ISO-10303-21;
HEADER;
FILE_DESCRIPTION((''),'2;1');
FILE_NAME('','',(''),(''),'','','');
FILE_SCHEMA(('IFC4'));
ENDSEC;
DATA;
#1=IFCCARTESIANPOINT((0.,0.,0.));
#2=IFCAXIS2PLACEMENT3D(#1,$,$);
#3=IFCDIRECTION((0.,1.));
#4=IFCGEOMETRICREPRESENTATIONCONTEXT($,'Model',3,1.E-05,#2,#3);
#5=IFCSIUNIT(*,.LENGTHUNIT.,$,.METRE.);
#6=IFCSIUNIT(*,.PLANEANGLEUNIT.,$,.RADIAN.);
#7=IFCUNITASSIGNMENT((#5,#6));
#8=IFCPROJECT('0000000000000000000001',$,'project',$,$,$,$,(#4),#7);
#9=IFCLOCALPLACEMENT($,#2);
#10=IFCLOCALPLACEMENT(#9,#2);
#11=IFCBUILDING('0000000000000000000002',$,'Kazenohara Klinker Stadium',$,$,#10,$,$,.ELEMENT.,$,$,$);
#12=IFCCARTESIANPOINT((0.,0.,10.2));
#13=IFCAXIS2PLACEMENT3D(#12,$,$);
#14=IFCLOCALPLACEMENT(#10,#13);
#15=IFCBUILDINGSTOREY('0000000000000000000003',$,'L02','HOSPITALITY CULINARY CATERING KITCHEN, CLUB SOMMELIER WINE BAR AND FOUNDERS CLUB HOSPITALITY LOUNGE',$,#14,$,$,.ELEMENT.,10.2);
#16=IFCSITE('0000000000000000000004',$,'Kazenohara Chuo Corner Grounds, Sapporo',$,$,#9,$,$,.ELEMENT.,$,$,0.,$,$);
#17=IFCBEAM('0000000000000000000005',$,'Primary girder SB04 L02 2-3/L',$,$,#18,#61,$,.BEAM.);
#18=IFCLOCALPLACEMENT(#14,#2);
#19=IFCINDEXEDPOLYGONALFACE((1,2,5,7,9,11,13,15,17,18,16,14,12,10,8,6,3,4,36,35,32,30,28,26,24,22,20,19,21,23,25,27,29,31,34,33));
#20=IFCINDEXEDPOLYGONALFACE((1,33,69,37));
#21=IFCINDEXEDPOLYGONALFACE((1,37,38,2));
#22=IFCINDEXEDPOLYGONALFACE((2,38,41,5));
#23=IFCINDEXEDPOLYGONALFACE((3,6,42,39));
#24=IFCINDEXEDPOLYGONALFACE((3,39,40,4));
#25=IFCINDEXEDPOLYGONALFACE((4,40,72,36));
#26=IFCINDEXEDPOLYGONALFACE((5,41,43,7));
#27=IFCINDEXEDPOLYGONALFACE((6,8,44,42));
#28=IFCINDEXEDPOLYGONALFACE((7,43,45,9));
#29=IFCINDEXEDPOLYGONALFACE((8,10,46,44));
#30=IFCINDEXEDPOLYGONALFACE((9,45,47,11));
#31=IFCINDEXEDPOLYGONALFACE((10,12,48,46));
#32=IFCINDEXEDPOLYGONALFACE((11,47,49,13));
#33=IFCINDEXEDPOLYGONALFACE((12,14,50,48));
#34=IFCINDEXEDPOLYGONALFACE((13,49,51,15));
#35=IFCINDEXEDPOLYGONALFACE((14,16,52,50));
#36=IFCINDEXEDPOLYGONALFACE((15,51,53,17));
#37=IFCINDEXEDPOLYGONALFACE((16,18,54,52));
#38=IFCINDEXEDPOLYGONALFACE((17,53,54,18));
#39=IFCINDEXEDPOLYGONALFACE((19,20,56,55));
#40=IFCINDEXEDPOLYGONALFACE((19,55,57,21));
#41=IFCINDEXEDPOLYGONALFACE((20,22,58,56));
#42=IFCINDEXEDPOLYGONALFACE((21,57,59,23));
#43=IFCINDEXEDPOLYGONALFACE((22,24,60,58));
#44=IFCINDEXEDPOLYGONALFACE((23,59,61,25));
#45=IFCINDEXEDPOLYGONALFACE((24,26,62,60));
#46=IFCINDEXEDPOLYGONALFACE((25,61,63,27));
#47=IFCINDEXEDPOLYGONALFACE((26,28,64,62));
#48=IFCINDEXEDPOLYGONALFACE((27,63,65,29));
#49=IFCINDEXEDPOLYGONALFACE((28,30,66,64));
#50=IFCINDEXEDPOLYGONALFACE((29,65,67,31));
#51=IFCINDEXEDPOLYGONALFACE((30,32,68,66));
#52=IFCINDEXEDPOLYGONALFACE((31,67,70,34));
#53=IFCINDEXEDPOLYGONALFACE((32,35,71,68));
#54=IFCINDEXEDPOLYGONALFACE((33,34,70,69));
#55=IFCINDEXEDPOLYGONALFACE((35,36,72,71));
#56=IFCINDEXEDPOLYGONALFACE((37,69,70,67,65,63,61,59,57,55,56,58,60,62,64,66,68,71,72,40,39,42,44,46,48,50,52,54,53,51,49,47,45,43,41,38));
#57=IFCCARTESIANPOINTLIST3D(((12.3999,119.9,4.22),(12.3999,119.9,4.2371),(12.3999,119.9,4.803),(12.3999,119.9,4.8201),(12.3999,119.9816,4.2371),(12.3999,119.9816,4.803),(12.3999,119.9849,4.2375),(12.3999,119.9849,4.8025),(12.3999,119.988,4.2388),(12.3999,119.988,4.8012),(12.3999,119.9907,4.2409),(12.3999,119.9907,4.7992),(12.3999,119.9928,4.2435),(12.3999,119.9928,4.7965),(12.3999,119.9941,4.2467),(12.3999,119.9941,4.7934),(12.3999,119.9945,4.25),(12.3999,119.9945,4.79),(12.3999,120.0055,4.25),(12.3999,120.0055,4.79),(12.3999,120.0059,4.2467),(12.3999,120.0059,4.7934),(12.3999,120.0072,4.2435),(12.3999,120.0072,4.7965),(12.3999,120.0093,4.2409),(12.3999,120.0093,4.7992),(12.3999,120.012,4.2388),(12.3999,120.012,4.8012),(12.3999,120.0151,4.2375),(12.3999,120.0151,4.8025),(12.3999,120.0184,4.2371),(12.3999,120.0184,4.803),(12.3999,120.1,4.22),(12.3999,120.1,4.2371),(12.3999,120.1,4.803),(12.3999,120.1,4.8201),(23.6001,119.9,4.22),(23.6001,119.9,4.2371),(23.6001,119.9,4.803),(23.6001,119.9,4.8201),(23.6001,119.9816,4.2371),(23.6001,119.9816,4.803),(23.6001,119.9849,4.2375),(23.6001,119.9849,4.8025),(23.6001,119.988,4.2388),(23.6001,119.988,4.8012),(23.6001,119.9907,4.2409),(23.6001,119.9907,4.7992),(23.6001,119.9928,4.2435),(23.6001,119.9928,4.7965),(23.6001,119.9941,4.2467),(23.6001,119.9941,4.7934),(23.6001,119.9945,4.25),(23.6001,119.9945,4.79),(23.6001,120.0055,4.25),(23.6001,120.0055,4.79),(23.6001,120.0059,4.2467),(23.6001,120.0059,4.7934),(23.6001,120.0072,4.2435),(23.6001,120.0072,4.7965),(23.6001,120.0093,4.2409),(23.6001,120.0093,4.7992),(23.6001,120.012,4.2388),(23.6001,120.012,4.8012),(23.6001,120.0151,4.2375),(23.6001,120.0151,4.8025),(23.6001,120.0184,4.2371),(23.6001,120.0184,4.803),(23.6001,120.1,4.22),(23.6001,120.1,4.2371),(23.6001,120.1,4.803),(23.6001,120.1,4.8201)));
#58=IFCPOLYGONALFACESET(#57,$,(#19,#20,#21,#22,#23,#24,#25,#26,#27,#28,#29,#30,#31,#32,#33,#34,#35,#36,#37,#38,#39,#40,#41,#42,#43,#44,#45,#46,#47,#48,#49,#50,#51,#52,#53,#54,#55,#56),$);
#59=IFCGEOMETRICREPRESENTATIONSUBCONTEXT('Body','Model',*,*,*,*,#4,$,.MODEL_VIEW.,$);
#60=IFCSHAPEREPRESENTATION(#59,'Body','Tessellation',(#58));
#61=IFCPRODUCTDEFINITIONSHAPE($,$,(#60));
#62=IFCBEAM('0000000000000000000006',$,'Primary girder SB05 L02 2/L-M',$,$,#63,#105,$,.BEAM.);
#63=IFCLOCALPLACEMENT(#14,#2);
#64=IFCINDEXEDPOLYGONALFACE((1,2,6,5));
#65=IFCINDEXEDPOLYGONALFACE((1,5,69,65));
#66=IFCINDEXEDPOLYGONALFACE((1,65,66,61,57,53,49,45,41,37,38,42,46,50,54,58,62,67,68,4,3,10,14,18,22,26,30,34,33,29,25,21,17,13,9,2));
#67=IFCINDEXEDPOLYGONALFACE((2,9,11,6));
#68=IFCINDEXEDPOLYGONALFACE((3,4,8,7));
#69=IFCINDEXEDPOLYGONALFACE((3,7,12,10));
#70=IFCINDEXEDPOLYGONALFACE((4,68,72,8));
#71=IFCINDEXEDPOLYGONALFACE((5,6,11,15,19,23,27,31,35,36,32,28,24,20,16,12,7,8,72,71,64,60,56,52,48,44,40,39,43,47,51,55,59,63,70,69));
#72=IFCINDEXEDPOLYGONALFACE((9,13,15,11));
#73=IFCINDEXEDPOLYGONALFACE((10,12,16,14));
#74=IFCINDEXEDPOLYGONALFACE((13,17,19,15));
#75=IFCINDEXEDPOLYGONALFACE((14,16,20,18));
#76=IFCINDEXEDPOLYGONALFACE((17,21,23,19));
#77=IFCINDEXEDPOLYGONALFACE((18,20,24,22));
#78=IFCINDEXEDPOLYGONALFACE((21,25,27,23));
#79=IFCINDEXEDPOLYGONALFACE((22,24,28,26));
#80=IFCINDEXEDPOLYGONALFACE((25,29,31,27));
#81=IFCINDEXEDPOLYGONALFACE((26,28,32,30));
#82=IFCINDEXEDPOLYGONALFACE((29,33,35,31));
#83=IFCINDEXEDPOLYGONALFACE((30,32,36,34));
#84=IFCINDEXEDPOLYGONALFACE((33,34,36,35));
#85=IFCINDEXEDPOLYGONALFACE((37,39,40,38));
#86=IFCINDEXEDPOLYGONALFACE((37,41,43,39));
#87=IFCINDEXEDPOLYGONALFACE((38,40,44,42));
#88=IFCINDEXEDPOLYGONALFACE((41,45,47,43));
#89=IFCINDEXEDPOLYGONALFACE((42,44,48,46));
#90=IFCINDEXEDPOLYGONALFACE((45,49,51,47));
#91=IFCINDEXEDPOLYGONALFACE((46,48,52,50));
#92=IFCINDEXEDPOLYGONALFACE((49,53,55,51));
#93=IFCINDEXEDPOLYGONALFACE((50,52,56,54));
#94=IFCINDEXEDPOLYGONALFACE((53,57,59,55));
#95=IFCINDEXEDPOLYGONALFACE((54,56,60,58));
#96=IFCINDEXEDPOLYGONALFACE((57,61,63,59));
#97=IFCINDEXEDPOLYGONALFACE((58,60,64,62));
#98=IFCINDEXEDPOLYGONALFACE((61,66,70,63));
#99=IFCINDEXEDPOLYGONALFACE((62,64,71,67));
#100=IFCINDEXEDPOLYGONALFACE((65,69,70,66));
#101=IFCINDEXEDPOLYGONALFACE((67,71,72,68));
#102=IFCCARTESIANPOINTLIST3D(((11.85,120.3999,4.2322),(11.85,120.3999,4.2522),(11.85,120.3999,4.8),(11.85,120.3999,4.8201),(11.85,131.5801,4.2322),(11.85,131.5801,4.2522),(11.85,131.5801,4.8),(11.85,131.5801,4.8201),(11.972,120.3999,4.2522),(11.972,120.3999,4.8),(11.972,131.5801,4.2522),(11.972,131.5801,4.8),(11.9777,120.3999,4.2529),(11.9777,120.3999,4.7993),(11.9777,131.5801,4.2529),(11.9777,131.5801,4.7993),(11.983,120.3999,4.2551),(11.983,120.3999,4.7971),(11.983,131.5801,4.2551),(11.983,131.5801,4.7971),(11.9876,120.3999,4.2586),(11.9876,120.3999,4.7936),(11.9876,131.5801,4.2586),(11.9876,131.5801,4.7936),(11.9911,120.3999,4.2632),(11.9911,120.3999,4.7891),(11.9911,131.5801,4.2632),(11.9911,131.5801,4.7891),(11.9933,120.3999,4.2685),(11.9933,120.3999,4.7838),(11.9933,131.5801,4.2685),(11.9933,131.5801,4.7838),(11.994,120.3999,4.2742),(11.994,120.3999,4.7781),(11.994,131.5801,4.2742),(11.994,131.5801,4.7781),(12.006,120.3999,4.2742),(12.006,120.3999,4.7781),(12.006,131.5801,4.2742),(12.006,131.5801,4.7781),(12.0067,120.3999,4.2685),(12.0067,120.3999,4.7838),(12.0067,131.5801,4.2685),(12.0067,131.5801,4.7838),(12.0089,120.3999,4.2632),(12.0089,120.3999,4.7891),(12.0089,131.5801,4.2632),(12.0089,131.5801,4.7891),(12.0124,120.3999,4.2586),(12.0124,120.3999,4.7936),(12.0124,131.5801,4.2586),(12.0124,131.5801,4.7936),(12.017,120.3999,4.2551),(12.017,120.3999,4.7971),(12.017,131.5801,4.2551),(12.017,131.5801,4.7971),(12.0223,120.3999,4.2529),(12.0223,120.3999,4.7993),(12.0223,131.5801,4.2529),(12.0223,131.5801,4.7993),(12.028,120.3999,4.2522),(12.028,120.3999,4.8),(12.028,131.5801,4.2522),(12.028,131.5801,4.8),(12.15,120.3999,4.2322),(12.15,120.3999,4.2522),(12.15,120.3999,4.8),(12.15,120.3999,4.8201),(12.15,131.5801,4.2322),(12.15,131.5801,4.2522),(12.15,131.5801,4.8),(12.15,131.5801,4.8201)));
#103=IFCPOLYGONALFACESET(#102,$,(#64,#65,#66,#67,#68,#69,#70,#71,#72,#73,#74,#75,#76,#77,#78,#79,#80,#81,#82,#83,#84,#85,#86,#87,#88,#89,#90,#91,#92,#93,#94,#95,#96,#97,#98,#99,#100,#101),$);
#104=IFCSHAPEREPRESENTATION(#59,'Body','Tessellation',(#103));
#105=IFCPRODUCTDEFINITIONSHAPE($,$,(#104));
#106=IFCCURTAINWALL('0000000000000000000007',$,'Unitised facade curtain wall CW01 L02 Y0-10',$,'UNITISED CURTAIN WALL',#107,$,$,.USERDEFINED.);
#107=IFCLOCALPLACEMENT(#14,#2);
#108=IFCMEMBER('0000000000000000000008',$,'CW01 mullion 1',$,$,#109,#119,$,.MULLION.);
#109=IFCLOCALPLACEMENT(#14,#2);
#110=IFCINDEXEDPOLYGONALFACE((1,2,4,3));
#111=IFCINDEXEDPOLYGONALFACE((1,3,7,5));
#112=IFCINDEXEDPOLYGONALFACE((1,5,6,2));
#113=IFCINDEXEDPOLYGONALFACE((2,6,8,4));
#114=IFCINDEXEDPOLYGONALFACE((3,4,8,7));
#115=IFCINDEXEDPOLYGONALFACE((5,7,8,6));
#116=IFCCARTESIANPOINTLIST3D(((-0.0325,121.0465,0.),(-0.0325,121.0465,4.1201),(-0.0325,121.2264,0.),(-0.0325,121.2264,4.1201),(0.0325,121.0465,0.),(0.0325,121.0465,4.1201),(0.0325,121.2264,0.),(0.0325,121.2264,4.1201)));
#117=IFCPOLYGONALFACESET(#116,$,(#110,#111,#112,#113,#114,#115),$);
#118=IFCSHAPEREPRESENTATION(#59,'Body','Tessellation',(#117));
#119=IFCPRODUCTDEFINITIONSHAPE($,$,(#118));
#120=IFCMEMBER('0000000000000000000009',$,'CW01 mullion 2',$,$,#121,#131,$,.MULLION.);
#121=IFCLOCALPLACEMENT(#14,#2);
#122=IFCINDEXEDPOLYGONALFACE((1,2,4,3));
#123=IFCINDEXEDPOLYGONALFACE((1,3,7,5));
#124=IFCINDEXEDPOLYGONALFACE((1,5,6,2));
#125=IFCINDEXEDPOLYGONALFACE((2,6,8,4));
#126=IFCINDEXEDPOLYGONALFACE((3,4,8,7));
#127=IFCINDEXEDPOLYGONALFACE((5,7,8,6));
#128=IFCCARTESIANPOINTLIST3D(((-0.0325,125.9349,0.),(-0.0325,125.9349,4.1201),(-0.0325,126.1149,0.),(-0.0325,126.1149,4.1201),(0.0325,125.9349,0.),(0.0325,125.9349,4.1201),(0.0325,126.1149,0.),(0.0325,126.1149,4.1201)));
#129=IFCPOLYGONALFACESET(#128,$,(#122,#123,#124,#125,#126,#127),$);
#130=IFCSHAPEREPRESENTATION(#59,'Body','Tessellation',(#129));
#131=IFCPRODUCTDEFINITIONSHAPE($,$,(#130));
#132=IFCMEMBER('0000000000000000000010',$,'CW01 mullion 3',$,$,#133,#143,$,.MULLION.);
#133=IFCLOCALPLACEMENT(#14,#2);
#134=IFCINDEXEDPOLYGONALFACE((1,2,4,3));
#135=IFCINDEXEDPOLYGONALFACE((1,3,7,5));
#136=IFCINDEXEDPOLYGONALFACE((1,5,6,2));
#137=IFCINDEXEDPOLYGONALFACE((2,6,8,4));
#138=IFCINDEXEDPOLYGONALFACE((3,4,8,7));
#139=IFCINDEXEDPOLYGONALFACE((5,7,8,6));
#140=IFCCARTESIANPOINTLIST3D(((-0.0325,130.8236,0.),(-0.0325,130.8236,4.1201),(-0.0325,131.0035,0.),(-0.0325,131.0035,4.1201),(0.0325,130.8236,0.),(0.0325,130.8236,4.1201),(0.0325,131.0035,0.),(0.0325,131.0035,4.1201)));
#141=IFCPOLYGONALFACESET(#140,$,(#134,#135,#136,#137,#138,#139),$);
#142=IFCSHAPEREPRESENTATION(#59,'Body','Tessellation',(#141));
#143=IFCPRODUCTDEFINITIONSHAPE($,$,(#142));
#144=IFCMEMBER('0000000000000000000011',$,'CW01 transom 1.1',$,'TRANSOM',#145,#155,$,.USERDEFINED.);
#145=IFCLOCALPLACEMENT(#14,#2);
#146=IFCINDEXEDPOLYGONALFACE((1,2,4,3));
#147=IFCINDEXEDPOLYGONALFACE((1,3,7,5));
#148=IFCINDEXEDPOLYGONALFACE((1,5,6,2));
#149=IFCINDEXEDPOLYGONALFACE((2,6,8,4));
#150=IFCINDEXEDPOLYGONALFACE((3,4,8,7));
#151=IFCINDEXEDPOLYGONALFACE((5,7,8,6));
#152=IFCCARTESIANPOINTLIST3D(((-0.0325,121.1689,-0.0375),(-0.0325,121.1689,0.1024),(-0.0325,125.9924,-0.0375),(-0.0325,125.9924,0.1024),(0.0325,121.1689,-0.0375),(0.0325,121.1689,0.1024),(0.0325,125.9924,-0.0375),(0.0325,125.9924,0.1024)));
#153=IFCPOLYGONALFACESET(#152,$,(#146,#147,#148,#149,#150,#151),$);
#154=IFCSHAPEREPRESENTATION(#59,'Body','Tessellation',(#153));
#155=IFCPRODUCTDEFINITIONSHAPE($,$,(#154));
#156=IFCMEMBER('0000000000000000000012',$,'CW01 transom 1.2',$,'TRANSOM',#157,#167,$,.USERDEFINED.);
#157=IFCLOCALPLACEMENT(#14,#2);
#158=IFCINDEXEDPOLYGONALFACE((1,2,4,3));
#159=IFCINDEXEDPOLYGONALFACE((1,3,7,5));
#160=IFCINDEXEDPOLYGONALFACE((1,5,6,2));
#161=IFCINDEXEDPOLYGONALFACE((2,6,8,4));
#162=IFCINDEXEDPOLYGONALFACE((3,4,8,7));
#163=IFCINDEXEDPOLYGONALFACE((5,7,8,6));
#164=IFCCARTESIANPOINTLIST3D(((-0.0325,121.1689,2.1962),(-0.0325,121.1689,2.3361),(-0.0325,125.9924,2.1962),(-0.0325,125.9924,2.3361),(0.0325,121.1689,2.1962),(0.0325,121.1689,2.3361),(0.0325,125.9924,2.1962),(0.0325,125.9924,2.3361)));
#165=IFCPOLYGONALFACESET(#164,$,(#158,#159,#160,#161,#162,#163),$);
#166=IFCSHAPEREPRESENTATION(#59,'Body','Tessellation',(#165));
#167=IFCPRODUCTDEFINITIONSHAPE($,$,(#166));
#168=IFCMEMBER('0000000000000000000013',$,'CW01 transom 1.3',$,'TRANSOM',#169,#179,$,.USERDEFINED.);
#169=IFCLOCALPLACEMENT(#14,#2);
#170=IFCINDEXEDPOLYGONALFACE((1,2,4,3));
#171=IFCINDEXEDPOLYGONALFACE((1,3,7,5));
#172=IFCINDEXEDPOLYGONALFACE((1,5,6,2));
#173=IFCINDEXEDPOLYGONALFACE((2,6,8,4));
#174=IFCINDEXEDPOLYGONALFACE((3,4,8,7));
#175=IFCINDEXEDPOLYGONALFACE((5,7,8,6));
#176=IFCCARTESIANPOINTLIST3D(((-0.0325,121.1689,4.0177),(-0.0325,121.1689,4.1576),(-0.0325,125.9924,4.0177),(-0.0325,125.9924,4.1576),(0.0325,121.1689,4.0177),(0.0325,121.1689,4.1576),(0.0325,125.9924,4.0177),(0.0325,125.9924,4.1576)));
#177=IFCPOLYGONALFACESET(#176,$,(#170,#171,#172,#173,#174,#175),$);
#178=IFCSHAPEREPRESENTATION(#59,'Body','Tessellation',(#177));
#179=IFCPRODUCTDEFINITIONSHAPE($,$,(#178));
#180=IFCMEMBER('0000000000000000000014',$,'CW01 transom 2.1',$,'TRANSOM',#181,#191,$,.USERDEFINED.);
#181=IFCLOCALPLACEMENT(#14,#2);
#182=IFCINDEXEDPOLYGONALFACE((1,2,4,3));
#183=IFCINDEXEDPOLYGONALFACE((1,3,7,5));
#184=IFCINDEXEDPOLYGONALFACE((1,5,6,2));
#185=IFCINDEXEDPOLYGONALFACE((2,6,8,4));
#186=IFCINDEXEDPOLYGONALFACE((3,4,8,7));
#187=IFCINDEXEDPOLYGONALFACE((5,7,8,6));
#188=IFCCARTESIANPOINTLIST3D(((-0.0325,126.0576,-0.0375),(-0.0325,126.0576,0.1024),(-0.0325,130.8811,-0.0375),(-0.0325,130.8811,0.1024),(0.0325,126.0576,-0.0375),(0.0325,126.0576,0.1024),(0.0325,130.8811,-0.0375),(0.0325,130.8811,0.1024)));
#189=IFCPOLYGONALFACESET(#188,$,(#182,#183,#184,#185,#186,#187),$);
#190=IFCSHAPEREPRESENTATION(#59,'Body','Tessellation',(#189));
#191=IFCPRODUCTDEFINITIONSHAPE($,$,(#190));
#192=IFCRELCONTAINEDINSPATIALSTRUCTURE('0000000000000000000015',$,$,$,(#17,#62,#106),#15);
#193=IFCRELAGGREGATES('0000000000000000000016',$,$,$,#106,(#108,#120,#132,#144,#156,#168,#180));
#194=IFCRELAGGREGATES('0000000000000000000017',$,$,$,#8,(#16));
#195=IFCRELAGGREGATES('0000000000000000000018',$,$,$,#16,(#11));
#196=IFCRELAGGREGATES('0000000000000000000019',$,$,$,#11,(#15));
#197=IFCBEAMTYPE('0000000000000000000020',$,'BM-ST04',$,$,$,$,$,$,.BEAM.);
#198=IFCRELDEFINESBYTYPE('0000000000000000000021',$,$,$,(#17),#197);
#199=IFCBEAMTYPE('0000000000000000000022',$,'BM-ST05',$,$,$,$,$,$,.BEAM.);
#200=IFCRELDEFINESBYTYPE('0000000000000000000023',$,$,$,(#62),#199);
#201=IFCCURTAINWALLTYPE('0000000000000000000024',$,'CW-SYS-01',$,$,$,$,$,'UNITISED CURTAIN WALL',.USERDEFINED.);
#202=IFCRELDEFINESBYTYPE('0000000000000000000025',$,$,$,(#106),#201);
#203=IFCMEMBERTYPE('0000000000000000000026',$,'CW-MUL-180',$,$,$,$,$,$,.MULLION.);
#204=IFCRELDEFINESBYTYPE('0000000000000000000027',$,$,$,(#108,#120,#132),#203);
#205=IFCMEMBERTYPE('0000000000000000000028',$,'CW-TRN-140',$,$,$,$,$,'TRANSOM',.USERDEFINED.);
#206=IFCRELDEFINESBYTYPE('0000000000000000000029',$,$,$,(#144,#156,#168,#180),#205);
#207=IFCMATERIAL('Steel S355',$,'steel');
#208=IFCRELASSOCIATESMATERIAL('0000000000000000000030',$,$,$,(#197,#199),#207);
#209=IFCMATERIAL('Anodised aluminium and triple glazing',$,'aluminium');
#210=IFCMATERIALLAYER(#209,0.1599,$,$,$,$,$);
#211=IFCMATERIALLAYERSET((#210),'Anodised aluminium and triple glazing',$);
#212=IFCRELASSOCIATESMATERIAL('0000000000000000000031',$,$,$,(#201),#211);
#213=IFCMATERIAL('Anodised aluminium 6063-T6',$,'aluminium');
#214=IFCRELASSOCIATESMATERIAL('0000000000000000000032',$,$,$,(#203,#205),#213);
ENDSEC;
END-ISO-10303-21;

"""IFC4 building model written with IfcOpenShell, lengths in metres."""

from ifc_helpers import new_model, si_unit, direction, frame, origin, origin_2d, place, context, subcontext, project, spatial, rectangle, i_section, extrude, material, layer, layer_set, material_profile, profile_set, type_object, element, aggregate, save


model = new_model("IFC4")

# Units and contexts
model_context = context("Model", 3, precision=1e-05, world=origin(), true_north=direction((0.0, 1.0)))
body_context = subcontext(model_context, "Body", "Model", "MODEL_VIEW")
ifc_project = project(units=[si_unit("LENGTHUNIT", "METRE"), si_unit("PLANEANGLEUNIT", "RADIAN")], contexts=[model_context])

# Site, building, storey
site_placement = place(None, origin())
site = spatial("IfcSite", under=ifc_project, at=site_placement, Name="Kazenohara Chuo Corner Grounds, Sapporo", CompositionType="ELEMENT", RefElevation=0.0)
building_placement = place(site_placement, origin())
building = spatial("IfcBuilding", under=site, at=building_placement, Name="Kazenohara Klinker Stadium", CompositionType="ELEMENT")
storey_placement = place(building_placement, frame((0.0, 0.0, 10.2)))
storey = spatial("IfcBuildingStorey", under=building, at=storey_placement, Name="L02", Description="HOSPITALITY CULINARY CATERING KITCHEN, CLUB SOMMELIER WINE BAR AND FOUNDERS CLUB HOSPITALITY LOUNGE", CompositionType="ELEMENT", Elevation=10.2)

# Beams
ifc_material_1 = material(Name="Steel S355", Category="steel")
ifc_material_profile_1 = material_profile(ifc_material_1, i_section(OverallWidth=0.2, OverallDepth=0.6001, WebThickness=0.011, FlangeThickness=0.0171, FilletRadius=0.0129, at=origin_2d()), Name="H-600x200x11x17")
ifc_profile_set_1 = profile_set([ifc_material_profile_1], Name="Steel S355")
beam_type_1 = type_object("IfcBeamType", Name="BM-ST04", PredefinedType="BEAM", material=ifc_profile_set_1)
for number, where, z_axis, x_axis, name in (
    (1, (12.3999, 120.0, 4.52), (1.0, 0.0, 0.0), (0.0, 1.0, 0.0), "Primary girder SB04 L02 2-3/L"),
):
    element("IfcBeam", number, at=place(storey_placement, frame(where, z_axis=z_axis, x_axis=x_axis)), inside=storey, type_object=beam_type_1, Name=name, PredefinedType="BEAM", context=body_context, shape_type="SweptSolid", body=[
        extrude(i_section(OverallWidth=0.2, OverallDepth=0.6001, WebThickness=0.011, FlangeThickness=0.0171, FilletRadius=0.0129, at=origin_2d()), origin(), (0.0, 0.0, 1.0), 11.2002),
    ])
ifc_material_profile_2 = material_profile(ifc_material_1, i_section(OverallWidth=0.3, OverallDepth=0.5879, WebThickness=0.012, FlangeThickness=0.02, FilletRadius=0.022, at=origin_2d()), Name="H-588x300x12x20")
ifc_profile_set_2 = profile_set([ifc_material_profile_2], Name="Steel S355")
beam_type_2 = type_object("IfcBeamType", Name="BM-ST05", PredefinedType="BEAM", material=ifc_profile_set_2)
beam_1_placement = place(storey_placement, frame((12.0, 120.3999, 4.5261), z_axis=(0.0, 1.0, 0.0), x_axis=(-1.0, 0.0, 0.0)))
element("IfcBeam", 2, at=beam_1_placement, inside=storey, type_object=beam_type_2, Name="Primary girder SB05 L02 2/L-M", PredefinedType="BEAM", context=body_context, shape_type="SweptSolid", body=[
    extrude(i_section(OverallWidth=0.3, OverallDepth=0.5879, WebThickness=0.012, FlangeThickness=0.02, FilletRadius=0.022, at=origin_2d()), origin(), (0.0, 0.0, 1.0), 11.1802),
])

# Curtain wall, members
ifc_material_2 = material(Name="Anodised aluminium and triple glazing", Category="aluminium")
ifc_layer_1 = layer(ifc_material_2, 0.1599)
ifc_layer_set_1 = layer_set([ifc_layer_1], Name="Anodised aluminium and triple glazing")
curtain_wall_type = type_object("IfcCurtainWallType", Name="CW-SYS-01", ElementType="UNITISED CURTAIN WALL", PredefinedType="USERDEFINED", material=ifc_layer_set_1)
curtain_wall_placement = place(storey_placement, origin())
curtain_wall = element("IfcCurtainWall", 3, at=curtain_wall_placement, inside=storey, type_object=curtain_wall_type, Name="Unitised facade curtain wall CW01 L02 Y0-10", ObjectType="UNITISED CURTAIN WALL", PredefinedType="USERDEFINED")
ifc_material_3 = material(Name="Anodised aluminium 6063-T6", Category="aluminium")
ifc_material_profile_3 = material_profile(ifc_material_3, rectangle(XDim=0.0649, YDim=0.1799, at=origin_2d()), Name="ALU-MUL-65x180")
ifc_profile_set_3 = profile_set([ifc_material_profile_3], Name="Anodised aluminium 6063-T6")
member_type_1 = type_object("IfcMemberType", Name="CW-MUL-180", PredefinedType="MULLION", material=ifc_profile_set_3)
member_1_placement = place(storey_placement, frame((0.0, 121.1365, 0.0), z_axis=(0.0, 0.0, 1.0), x_axis=(-1.0, 0.0, 0.0)))
member_1 = element("IfcMember", 4, at=member_1_placement, type_object=member_type_1, Name="CW01 mullion 1", PredefinedType="MULLION", context=body_context, shape_type="SweptSolid", body=[
    extrude(rectangle(XDim=0.0649, YDim=0.1799, at=origin_2d()), origin(), (0.0, 0.0, 1.0), 4.1201),
])
member_2_placement = place(storey_placement, frame((0.0, 126.0249, 0.0), z_axis=(0.0, 0.0, 1.0), x_axis=(-1.0, 0.0, 0.0)))
member_2 = element("IfcMember", 5, at=member_2_placement, type_object=member_type_1, Name="CW01 mullion 2", PredefinedType="MULLION", context=body_context, shape_type="SweptSolid", body=[
    extrude(rectangle(XDim=0.0649, YDim=0.1799, at=origin_2d()), origin(), (0.0, 0.0, 1.0), 4.1201),
])
member_3_placement = place(storey_placement, frame((0.0, 130.9136, 0.0), z_axis=(0.0, 0.0, 1.0), x_axis=(-1.0, 0.0, 0.0)))
member_3 = element("IfcMember", 6, at=member_3_placement, type_object=member_type_1, Name="CW01 mullion 3", PredefinedType="MULLION", context=body_context, shape_type="SweptSolid", body=[
    extrude(rectangle(XDim=0.0649, YDim=0.1799, at=origin_2d()), origin(), (0.0, 0.0, 1.0), 4.1201),
])
ifc_material_profile_4 = material_profile(ifc_material_3, rectangle(XDim=0.0649, YDim=0.1399, at=origin_2d()), Name="ALU-TRN-65x140")
ifc_profile_set_4 = profile_set([ifc_material_profile_4], Name="Anodised aluminium 6063-T6")
member_type_2 = type_object("IfcMemberType", Name="CW-TRN-140", ElementType="TRANSOM", PredefinedType="USERDEFINED", material=ifc_profile_set_4)
member_4_placement = place(storey_placement, frame((0.0, 121.1689, 0.0325), z_axis=(0.0, 1.0, 0.0), x_axis=(-1.0, 0.0, 0.0)))
member_4 = element("IfcMember", 7, at=member_4_placement, type_object=member_type_2, Name="CW01 transom 1.1", ObjectType="TRANSOM", PredefinedType="USERDEFINED", context=body_context, shape_type="SweptSolid", body=[
    extrude(rectangle(XDim=0.0649, YDim=0.1399, at=origin_2d()), origin(), (0.0, 0.0, 1.0), 4.8235),
])
member_5_placement = place(storey_placement, frame((0.0, 121.1689, 2.2661), z_axis=(0.0, 1.0, 0.0), x_axis=(-1.0, 0.0, 0.0)))
member_5 = element("IfcMember", 8, at=member_5_placement, type_object=member_type_2, Name="CW01 transom 1.2", ObjectType="TRANSOM", PredefinedType="USERDEFINED", context=body_context, shape_type="SweptSolid", body=[
    extrude(rectangle(XDim=0.0649, YDim=0.1399, at=origin_2d()), origin(), (0.0, 0.0, 1.0), 4.8235),
])
member_6_placement = place(storey_placement, frame((0.0, 121.1689, 4.0876), z_axis=(0.0, 1.0, 0.0), x_axis=(-1.0, 0.0, 0.0)))
member_6 = element("IfcMember", 9, at=member_6_placement, type_object=member_type_2, Name="CW01 transom 1.3", ObjectType="TRANSOM", PredefinedType="USERDEFINED", context=body_context, shape_type="SweptSolid", body=[
    extrude(rectangle(XDim=0.0649, YDim=0.1399, at=origin_2d()), origin(), (0.0, 0.0, 1.0), 4.8235),
])
member_7_placement = place(storey_placement, frame((0.0, 126.0576, 0.0325), z_axis=(0.0, 1.0, 0.0), x_axis=(-1.0, 0.0, 0.0)))
member_7 = element("IfcMember", 10, at=member_7_placement, type_object=member_type_2, Name="CW01 transom 2.1", ObjectType="TRANSOM", PredefinedType="USERDEFINED", context=body_context, shape_type="SweptSolid", body=[
    extrude(rectangle(XDim=0.0649, YDim=0.1399, at=origin_2d()), origin(), (0.0, 0.0, 1.0), 4.8235),
])
aggregate(curtain_wall, [member_1, member_2, member_3, member_4, member_5, member_6, member_7])

save(model, "model.ifc")
